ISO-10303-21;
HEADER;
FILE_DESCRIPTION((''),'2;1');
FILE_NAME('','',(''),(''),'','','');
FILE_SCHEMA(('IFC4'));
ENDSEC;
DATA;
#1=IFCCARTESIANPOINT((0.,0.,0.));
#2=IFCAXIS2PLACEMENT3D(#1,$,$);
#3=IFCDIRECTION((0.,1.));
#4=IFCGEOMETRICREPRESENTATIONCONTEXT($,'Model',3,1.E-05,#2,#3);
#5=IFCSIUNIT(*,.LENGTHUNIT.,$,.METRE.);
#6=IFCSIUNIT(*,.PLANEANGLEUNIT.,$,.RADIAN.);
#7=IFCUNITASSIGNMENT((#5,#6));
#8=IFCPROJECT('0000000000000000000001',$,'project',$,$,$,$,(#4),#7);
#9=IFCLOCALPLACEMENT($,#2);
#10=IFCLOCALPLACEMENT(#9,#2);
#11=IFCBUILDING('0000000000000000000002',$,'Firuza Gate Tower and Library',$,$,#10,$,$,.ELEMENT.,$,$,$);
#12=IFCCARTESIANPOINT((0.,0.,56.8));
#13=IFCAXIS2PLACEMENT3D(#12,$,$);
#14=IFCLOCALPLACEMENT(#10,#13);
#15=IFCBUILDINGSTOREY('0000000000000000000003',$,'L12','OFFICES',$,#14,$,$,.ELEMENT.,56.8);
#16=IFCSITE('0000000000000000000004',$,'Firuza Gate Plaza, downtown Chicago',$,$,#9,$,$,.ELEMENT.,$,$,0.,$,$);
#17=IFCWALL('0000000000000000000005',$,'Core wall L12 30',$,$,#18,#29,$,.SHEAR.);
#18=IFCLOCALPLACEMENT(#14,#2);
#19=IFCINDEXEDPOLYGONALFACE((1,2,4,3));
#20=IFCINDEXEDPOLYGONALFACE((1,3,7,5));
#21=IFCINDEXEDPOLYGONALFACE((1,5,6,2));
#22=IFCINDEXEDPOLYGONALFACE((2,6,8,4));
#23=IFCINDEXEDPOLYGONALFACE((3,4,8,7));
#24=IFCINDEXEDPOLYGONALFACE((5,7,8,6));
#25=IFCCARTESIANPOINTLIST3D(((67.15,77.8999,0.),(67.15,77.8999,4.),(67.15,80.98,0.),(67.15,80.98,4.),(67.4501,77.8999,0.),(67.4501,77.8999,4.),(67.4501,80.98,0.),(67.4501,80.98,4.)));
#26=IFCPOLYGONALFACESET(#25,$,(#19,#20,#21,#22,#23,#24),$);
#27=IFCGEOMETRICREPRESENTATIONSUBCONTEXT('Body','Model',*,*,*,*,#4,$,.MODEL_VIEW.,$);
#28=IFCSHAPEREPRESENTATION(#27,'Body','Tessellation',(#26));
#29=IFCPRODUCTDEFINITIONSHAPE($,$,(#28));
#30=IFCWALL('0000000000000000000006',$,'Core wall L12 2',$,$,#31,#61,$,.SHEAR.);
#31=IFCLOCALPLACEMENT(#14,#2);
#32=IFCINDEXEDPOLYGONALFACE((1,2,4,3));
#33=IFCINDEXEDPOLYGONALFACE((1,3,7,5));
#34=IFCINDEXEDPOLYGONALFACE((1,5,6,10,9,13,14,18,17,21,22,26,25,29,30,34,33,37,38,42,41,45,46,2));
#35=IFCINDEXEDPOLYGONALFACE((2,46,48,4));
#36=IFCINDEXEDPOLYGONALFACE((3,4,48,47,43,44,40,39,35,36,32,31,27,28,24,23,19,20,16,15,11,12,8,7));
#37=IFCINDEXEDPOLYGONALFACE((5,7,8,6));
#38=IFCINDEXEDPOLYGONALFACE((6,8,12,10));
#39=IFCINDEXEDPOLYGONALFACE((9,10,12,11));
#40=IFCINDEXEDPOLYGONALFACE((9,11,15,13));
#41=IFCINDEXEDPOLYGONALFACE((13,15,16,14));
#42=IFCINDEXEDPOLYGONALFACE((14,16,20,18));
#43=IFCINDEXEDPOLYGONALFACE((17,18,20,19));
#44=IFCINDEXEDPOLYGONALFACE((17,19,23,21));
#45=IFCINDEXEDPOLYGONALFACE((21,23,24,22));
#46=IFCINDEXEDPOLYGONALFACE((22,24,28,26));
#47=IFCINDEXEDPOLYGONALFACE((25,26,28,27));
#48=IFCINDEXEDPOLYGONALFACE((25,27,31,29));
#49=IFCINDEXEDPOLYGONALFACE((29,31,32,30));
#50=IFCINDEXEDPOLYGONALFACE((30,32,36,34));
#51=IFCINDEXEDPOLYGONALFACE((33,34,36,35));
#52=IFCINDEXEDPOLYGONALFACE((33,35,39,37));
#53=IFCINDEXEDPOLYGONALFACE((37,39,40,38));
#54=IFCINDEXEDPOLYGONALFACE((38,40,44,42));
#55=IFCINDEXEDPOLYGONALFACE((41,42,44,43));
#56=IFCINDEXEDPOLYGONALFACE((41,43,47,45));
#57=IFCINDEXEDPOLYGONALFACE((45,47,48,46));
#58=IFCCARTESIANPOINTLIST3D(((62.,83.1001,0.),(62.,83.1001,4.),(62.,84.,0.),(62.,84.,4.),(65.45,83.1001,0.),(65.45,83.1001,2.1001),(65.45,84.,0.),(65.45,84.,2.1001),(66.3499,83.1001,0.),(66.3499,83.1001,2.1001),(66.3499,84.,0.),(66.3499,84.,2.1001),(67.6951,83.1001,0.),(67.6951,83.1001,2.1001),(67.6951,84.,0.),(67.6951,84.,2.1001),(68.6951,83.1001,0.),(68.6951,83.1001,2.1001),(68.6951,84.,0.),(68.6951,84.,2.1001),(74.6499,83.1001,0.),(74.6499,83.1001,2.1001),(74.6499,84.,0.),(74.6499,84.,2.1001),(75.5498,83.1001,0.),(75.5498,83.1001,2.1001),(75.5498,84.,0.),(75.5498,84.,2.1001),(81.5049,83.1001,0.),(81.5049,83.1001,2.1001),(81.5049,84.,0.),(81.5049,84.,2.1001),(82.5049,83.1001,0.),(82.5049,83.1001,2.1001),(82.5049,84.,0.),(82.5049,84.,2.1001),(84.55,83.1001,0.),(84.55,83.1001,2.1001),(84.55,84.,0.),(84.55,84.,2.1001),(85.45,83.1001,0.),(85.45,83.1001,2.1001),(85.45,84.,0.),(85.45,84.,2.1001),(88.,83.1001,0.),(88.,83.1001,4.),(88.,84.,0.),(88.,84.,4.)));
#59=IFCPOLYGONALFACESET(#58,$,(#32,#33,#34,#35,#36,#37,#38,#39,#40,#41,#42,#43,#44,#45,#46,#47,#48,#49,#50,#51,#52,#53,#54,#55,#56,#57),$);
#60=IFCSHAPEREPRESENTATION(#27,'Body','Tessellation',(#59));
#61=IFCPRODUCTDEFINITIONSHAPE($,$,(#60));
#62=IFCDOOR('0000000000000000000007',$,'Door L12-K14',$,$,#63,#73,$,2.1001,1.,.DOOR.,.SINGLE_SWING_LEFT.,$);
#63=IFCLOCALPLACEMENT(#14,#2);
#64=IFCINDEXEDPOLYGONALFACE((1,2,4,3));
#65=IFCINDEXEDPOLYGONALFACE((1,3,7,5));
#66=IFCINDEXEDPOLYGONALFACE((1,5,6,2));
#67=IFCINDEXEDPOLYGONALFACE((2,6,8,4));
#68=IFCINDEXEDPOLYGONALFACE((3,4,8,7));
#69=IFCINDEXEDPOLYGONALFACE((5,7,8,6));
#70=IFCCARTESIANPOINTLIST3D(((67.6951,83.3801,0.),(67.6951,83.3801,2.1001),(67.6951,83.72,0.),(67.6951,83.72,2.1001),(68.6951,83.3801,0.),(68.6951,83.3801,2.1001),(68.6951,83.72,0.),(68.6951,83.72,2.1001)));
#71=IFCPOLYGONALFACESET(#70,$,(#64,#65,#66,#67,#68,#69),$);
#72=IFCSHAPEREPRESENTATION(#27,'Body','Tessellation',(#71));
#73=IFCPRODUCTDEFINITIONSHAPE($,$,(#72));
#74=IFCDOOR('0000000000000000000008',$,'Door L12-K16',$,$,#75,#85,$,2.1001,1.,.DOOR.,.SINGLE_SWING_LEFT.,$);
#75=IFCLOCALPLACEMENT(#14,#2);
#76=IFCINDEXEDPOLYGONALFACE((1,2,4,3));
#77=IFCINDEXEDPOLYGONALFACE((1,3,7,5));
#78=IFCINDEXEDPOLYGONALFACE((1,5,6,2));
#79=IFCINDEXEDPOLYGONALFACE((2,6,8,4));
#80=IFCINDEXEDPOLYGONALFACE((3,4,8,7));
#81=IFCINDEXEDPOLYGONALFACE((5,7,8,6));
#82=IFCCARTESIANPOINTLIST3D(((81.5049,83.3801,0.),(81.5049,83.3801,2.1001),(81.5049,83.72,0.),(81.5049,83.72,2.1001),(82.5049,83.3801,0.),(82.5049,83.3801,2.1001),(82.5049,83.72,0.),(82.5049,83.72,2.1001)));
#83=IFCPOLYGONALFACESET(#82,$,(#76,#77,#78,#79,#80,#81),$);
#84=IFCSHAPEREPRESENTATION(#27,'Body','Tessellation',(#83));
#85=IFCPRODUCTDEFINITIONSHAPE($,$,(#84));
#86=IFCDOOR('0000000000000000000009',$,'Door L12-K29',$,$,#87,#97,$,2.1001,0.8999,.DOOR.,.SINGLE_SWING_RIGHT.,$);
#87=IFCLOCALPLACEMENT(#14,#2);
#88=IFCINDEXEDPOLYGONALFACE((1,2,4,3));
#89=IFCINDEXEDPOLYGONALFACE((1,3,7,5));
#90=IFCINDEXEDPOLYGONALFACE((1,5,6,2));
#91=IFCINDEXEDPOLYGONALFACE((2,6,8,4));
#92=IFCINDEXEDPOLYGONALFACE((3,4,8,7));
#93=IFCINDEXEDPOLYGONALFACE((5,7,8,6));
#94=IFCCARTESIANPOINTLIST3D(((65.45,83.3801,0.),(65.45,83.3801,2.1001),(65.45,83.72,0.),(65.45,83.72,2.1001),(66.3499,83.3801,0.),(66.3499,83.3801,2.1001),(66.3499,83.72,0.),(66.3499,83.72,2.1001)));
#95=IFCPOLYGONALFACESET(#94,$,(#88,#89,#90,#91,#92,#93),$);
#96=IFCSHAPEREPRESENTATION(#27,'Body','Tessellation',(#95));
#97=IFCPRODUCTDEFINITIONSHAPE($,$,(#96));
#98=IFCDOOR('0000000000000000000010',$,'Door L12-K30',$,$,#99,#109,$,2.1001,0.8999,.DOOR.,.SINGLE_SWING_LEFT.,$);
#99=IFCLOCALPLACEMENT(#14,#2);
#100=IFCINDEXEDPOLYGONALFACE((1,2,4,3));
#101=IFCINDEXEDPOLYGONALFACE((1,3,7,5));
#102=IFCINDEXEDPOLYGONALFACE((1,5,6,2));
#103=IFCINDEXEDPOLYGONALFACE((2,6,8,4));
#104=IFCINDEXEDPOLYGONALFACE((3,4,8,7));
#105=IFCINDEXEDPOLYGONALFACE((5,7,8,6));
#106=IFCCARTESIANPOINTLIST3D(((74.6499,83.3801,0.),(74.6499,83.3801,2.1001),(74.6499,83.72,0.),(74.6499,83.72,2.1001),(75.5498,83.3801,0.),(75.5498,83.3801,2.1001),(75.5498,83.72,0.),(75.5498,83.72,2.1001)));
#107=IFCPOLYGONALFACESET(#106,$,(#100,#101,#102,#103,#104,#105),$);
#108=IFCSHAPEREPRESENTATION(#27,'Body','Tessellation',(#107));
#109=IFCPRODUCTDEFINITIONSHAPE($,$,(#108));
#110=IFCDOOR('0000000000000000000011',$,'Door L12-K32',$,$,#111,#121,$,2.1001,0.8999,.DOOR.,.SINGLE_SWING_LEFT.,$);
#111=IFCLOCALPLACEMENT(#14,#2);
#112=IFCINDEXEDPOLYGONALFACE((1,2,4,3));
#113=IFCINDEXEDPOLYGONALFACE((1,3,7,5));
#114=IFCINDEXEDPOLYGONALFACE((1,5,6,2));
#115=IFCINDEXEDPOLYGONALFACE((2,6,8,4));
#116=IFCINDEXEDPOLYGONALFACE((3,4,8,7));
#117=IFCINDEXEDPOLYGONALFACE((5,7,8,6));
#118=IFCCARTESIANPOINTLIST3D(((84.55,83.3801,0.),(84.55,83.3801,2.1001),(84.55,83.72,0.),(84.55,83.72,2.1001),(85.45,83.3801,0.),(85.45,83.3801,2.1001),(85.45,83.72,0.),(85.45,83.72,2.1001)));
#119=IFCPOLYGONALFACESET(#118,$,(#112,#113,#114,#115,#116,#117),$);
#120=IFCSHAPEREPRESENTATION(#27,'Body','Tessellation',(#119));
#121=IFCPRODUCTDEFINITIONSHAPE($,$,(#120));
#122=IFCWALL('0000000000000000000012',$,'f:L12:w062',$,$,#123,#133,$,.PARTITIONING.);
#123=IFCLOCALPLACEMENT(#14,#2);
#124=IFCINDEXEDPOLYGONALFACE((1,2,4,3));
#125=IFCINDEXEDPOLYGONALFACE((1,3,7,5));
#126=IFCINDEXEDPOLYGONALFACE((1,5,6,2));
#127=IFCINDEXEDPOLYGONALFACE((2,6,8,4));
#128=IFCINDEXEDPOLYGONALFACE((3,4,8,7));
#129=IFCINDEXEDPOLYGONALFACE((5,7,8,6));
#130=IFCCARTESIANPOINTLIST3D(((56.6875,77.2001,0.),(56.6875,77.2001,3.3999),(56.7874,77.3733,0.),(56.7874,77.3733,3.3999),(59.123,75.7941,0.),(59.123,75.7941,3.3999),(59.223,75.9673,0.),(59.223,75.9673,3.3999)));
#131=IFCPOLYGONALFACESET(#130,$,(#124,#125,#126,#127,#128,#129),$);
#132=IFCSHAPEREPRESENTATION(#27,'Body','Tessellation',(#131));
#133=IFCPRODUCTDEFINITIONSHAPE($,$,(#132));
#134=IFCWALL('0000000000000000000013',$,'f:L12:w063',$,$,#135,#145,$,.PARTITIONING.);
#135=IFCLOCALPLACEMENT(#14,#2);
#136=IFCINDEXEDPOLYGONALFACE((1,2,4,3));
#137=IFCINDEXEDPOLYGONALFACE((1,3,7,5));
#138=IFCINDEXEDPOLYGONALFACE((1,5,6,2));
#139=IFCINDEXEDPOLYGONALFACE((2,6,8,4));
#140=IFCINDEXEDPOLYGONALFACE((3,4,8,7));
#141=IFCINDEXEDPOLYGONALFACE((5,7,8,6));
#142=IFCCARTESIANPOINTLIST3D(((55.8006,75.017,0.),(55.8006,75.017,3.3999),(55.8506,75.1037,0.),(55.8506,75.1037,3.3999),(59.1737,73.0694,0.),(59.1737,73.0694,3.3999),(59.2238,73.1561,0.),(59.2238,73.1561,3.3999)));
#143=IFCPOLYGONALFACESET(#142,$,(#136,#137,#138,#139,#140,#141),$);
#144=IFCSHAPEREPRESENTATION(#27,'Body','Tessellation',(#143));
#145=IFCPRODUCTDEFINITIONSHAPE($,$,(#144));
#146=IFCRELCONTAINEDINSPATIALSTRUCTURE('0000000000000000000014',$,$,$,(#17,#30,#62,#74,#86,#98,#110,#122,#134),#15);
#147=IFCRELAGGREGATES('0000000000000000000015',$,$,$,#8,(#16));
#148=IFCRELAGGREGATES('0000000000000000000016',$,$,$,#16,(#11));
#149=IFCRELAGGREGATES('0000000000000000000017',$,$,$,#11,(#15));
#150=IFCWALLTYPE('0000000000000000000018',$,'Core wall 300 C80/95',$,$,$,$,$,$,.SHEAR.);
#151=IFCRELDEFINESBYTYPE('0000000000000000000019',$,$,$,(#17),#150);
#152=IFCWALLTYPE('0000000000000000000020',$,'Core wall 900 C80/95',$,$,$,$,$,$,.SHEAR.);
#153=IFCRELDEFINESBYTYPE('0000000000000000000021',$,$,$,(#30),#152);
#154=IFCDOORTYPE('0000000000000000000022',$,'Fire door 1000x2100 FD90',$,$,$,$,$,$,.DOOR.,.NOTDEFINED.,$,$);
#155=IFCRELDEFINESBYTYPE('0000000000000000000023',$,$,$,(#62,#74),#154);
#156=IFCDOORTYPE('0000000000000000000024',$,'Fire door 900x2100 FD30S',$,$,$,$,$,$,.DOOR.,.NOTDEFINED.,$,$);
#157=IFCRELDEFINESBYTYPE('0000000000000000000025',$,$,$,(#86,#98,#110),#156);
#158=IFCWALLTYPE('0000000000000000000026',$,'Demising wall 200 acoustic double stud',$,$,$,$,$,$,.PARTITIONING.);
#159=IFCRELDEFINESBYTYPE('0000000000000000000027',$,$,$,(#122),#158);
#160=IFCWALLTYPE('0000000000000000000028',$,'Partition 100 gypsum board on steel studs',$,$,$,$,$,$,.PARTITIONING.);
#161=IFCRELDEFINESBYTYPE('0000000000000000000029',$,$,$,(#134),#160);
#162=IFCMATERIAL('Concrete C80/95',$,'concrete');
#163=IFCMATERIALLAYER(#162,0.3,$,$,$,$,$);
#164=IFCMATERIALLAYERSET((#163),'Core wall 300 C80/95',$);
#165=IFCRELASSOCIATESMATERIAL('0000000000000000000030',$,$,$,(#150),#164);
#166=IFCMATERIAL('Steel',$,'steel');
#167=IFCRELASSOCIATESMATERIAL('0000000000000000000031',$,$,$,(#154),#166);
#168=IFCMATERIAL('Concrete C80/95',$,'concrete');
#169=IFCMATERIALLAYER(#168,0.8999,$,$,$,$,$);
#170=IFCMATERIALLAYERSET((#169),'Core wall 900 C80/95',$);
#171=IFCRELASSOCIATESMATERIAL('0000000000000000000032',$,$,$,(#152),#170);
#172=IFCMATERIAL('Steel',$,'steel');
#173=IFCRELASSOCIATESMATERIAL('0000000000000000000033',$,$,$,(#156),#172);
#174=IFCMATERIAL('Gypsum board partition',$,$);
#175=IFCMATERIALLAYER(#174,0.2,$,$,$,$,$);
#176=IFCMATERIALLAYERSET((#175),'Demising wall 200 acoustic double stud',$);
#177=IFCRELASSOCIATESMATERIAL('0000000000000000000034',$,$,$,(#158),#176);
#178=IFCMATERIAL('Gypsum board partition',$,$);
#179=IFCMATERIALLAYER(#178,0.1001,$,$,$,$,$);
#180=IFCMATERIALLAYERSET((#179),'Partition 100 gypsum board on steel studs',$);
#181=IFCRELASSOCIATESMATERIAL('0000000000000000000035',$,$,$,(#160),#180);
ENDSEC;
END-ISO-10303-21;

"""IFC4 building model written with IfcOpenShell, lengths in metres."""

from ifc_helpers import new_model, si_unit, direction, frame, frame_2d, origin, place, context, subcontext, project, spatial, rectangle, extrude, material, layer, layer_set, type_object, element, fill, save


model = new_model("IFC4")

# Units and contexts
model_context = context("Model", 3, precision=1e-05, world=origin(), true_north=direction((0.0, 1.0)))
body_context = subcontext(model_context, "Body", "Model", "MODEL_VIEW")
ifc_project = project(units=[si_unit("LENGTHUNIT", "METRE"), si_unit("PLANEANGLEUNIT", "RADIAN")], contexts=[model_context])

# Site, building, storey
site_placement = place(None, origin())
site = spatial("IfcSite", under=ifc_project, at=site_placement, Name="Firuza Gate Plaza, downtown Chicago", CompositionType="ELEMENT", RefElevation=0.0)
building_placement = place(site_placement, origin())
building = spatial("IfcBuilding", under=site, at=building_placement, Name="Firuza Gate Tower and Library", CompositionType="ELEMENT")
storey_placement = place(building_placement, frame((0.0, 0.0, 56.8)))
storey = spatial("IfcBuildingStorey", under=building, at=storey_placement, Name="L12", Description="OFFICES", CompositionType="ELEMENT", Elevation=56.8)

# Shared definitions
ifc_material_1 = material(Name="Concrete C80/95", Category="concrete")
ifc_layer_1 = layer(ifc_material_1, 0.3)
ifc_layer_set_1 = layer_set([ifc_layer_1], Name="Core wall 300 C80/95")
wall_type_1 = type_object("IfcWallType", Name="Core wall 300 C80/95", PredefinedType="SHEAR", material=ifc_layer_set_1)

# Shared definitions
ifc_material_2 = material(Name="Steel", Category="steel")
door_type_1 = type_object("IfcDoorType", Name="Fire door 1000x2100 FD90", OperationType="NOTDEFINED", PredefinedType="DOOR", material=ifc_material_2)

# Wall
wall_1_placement = place(storey_placement, frame((67.3, 77.8999, 0.0), z_axis=(0.0, 0.0, 1.0), x_axis=(0.0, 1.0, 0.0)))
element("IfcWall", 1, at=wall_1_placement, inside=storey, type_object=wall_type_1, Name="Core wall L12 30", PredefinedType="SHEAR", context=body_context, shape_type="SweptSolid", body=[
    extrude(rectangle(XDim=3.0801, YDim=0.3, at=frame_2d((1.54, 0.0))), origin(), (0.0, 0.0, 1.0), 4.0),
])

# Wall, openings, doors
ifc_material_3 = material(Name="Concrete C80/95", Category="concrete")
ifc_layer_2 = layer(ifc_material_3, 0.8999)
ifc_layer_set_2 = layer_set([ifc_layer_2], Name="Core wall 900 C80/95")
wall_type_2 = type_object("IfcWallType", Name="Core wall 900 C80/95", PredefinedType="SHEAR", material=ifc_layer_set_2)
wall_2_placement = place(storey_placement, frame((62.0, 83.55, 0.0), z_axis=(0.0, 0.0, 1.0), x_axis=(1.0, 0.0, 0.0)))
wall_2 = element("IfcWall", 2, at=wall_2_placement, inside=storey, type_object=wall_type_2, Name="Core wall L12 2", PredefinedType="SHEAR", context=body_context, shape_type="SweptSolid", body=[
    extrude(rectangle(XDim=26.0, YDim=0.8999, at=frame_2d((13.0, 0.0))), origin(), (0.0, 0.0, 1.0), 4.0),
])
opening_1_placement = place(wall_2_placement, frame((5.6951, 0.0, 0.0)))
opening_1 = element("IfcOpeningElement", 3, at=opening_1_placement, cuts=wall_2, PredefinedType="OPENING", context=body_context, shape_type="SweptSolid", body=[
    extrude(rectangle(XDim=1.0, YDim=2.1001, at=frame_2d((0.5, 1.05))), frame((0.0, 0.46, 0.0), z_axis=(0.0, -1.0, 0.0), x_axis=(1.0, 0.0, 0.0)), (0.0, 0.0, 1.0), 0.9199),
])
opening_2_placement = place(wall_2_placement, frame((19.5049, 0.0, 0.0)))
opening_2 = element("IfcOpeningElement", 4, at=opening_2_placement, cuts=wall_2, PredefinedType="OPENING", context=body_context, shape_type="SweptSolid", body=[
    extrude(rectangle(XDim=1.0, YDim=2.1001, at=frame_2d((0.5, 1.05))), frame((0.0, 0.46, 0.0), z_axis=(0.0, -1.0, 0.0), x_axis=(1.0, 0.0, 0.0)), (0.0, 0.0, 1.0), 0.9199),
])
opening_3_placement = place(wall_2_placement, frame((3.45, 0.0, 0.0)))
opening_3 = element("IfcOpeningElement", 5, at=opening_3_placement, cuts=wall_2, PredefinedType="OPENING", context=body_context, shape_type="SweptSolid", body=[
    extrude(rectangle(XDim=0.8999, YDim=2.1001, at=frame_2d((0.45, 1.05))), frame((0.0, 0.46, 0.0), z_axis=(0.0, -1.0, 0.0), x_axis=(1.0, 0.0, 0.0)), (0.0, 0.0, 1.0), 0.9199),
])
opening_4_placement = place(wall_2_placement, frame((12.6499, 0.0, 0.0)))
opening_4 = element("IfcOpeningElement", 6, at=opening_4_placement, cuts=wall_2, PredefinedType="OPENING", context=body_context, shape_type="SweptSolid", body=[
    extrude(rectangle(XDim=0.8999, YDim=2.1001, at=frame_2d((0.45, 1.05))), frame((0.0, 0.46, 0.0), z_axis=(0.0, -1.0, 0.0), x_axis=(1.0, 0.0, 0.0)), (0.0, 0.0, 1.0), 0.9199),
])
opening_5_placement = place(wall_2_placement, frame((22.55, 0.0, 0.0)))
opening_5 = element("IfcOpeningElement", 7, at=opening_5_placement, cuts=wall_2, PredefinedType="OPENING", context=body_context, shape_type="SweptSolid", body=[
    extrude(rectangle(XDim=0.8999, YDim=2.1001, at=frame_2d((0.45, 1.05))), frame((0.0, 0.46, 0.0), z_axis=(0.0, -1.0, 0.0), x_axis=(1.0, 0.0, 0.0)), (0.0, 0.0, 1.0), 0.9199),
])
door_1_placement = place(opening_1_placement, origin())
door_1 = element("IfcDoor", 8, at=door_1_placement, inside=storey, type_object=door_type_1, Name="Door L12-K14", OperationType="SINGLE_SWING_LEFT", OverallHeight=2.1001, OverallWidth=1.0, PredefinedType="DOOR", context=body_context, shape_type="SweptSolid", body=[
    extrude(rectangle(XDim=1.0, YDim=2.1001, at=frame_2d((0.5, 1.05))), frame((0.0, 0.1699, 0.0), z_axis=(0.0, -1.0, 0.0), x_axis=(1.0, 0.0, 0.0)), (0.0, 0.0, 1.0), 0.3398),
])
fill(opening_1, door_1)
door_2_placement = place(opening_2_placement, origin())
door_2 = element("IfcDoor", 9, at=door_2_placement, inside=storey, type_object=door_type_1, Name="Door L12-K16", OperationType="SINGLE_SWING_LEFT", OverallHeight=2.1001, OverallWidth=1.0, PredefinedType="DOOR", context=body_context, shape_type="SweptSolid", body=[
    extrude(rectangle(XDim=1.0, YDim=2.1001, at=frame_2d((0.5, 1.05))), frame((0.0, 0.1699, 0.0), z_axis=(0.0, -1.0, 0.0), x_axis=(1.0, 0.0, 0.0)), (0.0, 0.0, 1.0), 0.3398),
])
fill(opening_2, door_2)
ifc_material_4 = material(Name="Steel", Category="steel")
door_type_2 = type_object("IfcDoorType", Name="Fire door 900x2100 FD30S", OperationType="NOTDEFINED", PredefinedType="DOOR", material=ifc_material_4)
door_3_placement = place(opening_3_placement, origin())
door_3 = element("IfcDoor", 10, at=door_3_placement, inside=storey, type_object=door_type_2, Name="Door L12-K29", OperationType="SINGLE_SWING_RIGHT", OverallHeight=2.1001, OverallWidth=0.8999, PredefinedType="DOOR", context=body_context, shape_type="SweptSolid", body=[
    extrude(rectangle(XDim=0.8999, YDim=2.1001, at=frame_2d((0.45, 1.05))), frame((0.0, 0.1699, 0.0), z_axis=(0.0, -1.0, 0.0), x_axis=(1.0, 0.0, 0.0)), (0.0, 0.0, 1.0), 0.3398),
])
fill(opening_3, door_3)
door_4_placement = place(opening_4_placement, origin())
door_4 = element("IfcDoor", 11, at=door_4_placement, inside=storey, type_object=door_type_2, Name="Door L12-K30", OperationType="SINGLE_SWING_LEFT", OverallHeight=2.1001, OverallWidth=0.8999, PredefinedType="DOOR", context=body_context, shape_type="SweptSolid", body=[
    extrude(rectangle(XDim=0.8999, YDim=2.1001, at=frame_2d((0.45, 1.05))), frame((0.0, 0.1699, 0.0), z_axis=(0.0, -1.0, 0.0), x_axis=(1.0, 0.0, 0.0)), (0.0, 0.0, 1.0), 0.3398),
])
fill(opening_4, door_4)
door_5_placement = place(opening_5_placement, origin())
door_5 = element("IfcDoor", 12, at=door_5_placement, inside=storey, type_object=door_type_2, Name="Door L12-K32", OperationType="SINGLE_SWING_LEFT", OverallHeight=2.1001, OverallWidth=0.8999, PredefinedType="DOOR", context=body_context, shape_type="SweptSolid", body=[
    extrude(rectangle(XDim=0.8999, YDim=2.1001, at=frame_2d((0.45, 1.05))), frame((0.0, 0.1699, 0.0), z_axis=(0.0, -1.0, 0.0), x_axis=(1.0, 0.0, 0.0)), (0.0, 0.0, 1.0), 0.3398),
])
fill(opening_5, door_5)

# Walls
ifc_material_5 = material(Name="Gypsum board partition")
ifc_layer_3 = layer(ifc_material_5, 0.2)
ifc_layer_set_3 = layer_set([ifc_layer_3], Name="Demising wall 200 acoustic double stud")
wall_type_3 = type_object("IfcWallType", Name="Demising wall 200 acoustic double stud", PredefinedType="PARTITIONING", material=ifc_layer_set_3)
wall_3_placement = place(storey_placement, frame((59.1731, 75.8806, 0.0), z_axis=(0.0, 0.0, 1.0), x_axis=(-0.86605, 0.499958, 0.0)))
element("IfcWall", 13, at=wall_3_placement, inside=storey, type_object=wall_type_3, Name="f:L12:w062", PredefinedType="PARTITIONING", context=body_context, shape_type="SweptSolid", body=[
    extrude(rectangle(XDim=2.8123, YDim=0.2, at=frame_2d((1.4062, 0.0))), origin(), (0.0, 0.0, 1.0), 3.3999),
])
ifc_material_6 = material(Name="Gypsum board partition")
ifc_layer_4 = layer(ifc_material_6, 0.1001)
ifc_layer_set_4 = layer_set([ifc_layer_4], Name="Partition 100 gypsum board on steel studs")
wall_type_4 = type_object("IfcWallType", Name="Partition 100 gypsum board on steel studs", PredefinedType="PARTITIONING", material=ifc_layer_set_4)
wall_4_placement = place(storey_placement, frame((59.1987, 73.1128, 0.0), z_axis=(0.0, 0.0, 1.0), x_axis=(-0.866016, 0.500015, 0.0)))
element("IfcWall", 14, at=wall_4_placement, inside=storey, type_object=wall_type_4, Name="f:L12:w063", PredefinedType="PARTITIONING", context=body_context, shape_type="SweptSolid", body=[
    extrude(rectangle(XDim=3.895, YDim=0.1001, at=frame_2d((1.9475, 0.0))), origin(), (0.0, 0.0, 1.0), 3.3999),
])

save(model, "model.ifc")
